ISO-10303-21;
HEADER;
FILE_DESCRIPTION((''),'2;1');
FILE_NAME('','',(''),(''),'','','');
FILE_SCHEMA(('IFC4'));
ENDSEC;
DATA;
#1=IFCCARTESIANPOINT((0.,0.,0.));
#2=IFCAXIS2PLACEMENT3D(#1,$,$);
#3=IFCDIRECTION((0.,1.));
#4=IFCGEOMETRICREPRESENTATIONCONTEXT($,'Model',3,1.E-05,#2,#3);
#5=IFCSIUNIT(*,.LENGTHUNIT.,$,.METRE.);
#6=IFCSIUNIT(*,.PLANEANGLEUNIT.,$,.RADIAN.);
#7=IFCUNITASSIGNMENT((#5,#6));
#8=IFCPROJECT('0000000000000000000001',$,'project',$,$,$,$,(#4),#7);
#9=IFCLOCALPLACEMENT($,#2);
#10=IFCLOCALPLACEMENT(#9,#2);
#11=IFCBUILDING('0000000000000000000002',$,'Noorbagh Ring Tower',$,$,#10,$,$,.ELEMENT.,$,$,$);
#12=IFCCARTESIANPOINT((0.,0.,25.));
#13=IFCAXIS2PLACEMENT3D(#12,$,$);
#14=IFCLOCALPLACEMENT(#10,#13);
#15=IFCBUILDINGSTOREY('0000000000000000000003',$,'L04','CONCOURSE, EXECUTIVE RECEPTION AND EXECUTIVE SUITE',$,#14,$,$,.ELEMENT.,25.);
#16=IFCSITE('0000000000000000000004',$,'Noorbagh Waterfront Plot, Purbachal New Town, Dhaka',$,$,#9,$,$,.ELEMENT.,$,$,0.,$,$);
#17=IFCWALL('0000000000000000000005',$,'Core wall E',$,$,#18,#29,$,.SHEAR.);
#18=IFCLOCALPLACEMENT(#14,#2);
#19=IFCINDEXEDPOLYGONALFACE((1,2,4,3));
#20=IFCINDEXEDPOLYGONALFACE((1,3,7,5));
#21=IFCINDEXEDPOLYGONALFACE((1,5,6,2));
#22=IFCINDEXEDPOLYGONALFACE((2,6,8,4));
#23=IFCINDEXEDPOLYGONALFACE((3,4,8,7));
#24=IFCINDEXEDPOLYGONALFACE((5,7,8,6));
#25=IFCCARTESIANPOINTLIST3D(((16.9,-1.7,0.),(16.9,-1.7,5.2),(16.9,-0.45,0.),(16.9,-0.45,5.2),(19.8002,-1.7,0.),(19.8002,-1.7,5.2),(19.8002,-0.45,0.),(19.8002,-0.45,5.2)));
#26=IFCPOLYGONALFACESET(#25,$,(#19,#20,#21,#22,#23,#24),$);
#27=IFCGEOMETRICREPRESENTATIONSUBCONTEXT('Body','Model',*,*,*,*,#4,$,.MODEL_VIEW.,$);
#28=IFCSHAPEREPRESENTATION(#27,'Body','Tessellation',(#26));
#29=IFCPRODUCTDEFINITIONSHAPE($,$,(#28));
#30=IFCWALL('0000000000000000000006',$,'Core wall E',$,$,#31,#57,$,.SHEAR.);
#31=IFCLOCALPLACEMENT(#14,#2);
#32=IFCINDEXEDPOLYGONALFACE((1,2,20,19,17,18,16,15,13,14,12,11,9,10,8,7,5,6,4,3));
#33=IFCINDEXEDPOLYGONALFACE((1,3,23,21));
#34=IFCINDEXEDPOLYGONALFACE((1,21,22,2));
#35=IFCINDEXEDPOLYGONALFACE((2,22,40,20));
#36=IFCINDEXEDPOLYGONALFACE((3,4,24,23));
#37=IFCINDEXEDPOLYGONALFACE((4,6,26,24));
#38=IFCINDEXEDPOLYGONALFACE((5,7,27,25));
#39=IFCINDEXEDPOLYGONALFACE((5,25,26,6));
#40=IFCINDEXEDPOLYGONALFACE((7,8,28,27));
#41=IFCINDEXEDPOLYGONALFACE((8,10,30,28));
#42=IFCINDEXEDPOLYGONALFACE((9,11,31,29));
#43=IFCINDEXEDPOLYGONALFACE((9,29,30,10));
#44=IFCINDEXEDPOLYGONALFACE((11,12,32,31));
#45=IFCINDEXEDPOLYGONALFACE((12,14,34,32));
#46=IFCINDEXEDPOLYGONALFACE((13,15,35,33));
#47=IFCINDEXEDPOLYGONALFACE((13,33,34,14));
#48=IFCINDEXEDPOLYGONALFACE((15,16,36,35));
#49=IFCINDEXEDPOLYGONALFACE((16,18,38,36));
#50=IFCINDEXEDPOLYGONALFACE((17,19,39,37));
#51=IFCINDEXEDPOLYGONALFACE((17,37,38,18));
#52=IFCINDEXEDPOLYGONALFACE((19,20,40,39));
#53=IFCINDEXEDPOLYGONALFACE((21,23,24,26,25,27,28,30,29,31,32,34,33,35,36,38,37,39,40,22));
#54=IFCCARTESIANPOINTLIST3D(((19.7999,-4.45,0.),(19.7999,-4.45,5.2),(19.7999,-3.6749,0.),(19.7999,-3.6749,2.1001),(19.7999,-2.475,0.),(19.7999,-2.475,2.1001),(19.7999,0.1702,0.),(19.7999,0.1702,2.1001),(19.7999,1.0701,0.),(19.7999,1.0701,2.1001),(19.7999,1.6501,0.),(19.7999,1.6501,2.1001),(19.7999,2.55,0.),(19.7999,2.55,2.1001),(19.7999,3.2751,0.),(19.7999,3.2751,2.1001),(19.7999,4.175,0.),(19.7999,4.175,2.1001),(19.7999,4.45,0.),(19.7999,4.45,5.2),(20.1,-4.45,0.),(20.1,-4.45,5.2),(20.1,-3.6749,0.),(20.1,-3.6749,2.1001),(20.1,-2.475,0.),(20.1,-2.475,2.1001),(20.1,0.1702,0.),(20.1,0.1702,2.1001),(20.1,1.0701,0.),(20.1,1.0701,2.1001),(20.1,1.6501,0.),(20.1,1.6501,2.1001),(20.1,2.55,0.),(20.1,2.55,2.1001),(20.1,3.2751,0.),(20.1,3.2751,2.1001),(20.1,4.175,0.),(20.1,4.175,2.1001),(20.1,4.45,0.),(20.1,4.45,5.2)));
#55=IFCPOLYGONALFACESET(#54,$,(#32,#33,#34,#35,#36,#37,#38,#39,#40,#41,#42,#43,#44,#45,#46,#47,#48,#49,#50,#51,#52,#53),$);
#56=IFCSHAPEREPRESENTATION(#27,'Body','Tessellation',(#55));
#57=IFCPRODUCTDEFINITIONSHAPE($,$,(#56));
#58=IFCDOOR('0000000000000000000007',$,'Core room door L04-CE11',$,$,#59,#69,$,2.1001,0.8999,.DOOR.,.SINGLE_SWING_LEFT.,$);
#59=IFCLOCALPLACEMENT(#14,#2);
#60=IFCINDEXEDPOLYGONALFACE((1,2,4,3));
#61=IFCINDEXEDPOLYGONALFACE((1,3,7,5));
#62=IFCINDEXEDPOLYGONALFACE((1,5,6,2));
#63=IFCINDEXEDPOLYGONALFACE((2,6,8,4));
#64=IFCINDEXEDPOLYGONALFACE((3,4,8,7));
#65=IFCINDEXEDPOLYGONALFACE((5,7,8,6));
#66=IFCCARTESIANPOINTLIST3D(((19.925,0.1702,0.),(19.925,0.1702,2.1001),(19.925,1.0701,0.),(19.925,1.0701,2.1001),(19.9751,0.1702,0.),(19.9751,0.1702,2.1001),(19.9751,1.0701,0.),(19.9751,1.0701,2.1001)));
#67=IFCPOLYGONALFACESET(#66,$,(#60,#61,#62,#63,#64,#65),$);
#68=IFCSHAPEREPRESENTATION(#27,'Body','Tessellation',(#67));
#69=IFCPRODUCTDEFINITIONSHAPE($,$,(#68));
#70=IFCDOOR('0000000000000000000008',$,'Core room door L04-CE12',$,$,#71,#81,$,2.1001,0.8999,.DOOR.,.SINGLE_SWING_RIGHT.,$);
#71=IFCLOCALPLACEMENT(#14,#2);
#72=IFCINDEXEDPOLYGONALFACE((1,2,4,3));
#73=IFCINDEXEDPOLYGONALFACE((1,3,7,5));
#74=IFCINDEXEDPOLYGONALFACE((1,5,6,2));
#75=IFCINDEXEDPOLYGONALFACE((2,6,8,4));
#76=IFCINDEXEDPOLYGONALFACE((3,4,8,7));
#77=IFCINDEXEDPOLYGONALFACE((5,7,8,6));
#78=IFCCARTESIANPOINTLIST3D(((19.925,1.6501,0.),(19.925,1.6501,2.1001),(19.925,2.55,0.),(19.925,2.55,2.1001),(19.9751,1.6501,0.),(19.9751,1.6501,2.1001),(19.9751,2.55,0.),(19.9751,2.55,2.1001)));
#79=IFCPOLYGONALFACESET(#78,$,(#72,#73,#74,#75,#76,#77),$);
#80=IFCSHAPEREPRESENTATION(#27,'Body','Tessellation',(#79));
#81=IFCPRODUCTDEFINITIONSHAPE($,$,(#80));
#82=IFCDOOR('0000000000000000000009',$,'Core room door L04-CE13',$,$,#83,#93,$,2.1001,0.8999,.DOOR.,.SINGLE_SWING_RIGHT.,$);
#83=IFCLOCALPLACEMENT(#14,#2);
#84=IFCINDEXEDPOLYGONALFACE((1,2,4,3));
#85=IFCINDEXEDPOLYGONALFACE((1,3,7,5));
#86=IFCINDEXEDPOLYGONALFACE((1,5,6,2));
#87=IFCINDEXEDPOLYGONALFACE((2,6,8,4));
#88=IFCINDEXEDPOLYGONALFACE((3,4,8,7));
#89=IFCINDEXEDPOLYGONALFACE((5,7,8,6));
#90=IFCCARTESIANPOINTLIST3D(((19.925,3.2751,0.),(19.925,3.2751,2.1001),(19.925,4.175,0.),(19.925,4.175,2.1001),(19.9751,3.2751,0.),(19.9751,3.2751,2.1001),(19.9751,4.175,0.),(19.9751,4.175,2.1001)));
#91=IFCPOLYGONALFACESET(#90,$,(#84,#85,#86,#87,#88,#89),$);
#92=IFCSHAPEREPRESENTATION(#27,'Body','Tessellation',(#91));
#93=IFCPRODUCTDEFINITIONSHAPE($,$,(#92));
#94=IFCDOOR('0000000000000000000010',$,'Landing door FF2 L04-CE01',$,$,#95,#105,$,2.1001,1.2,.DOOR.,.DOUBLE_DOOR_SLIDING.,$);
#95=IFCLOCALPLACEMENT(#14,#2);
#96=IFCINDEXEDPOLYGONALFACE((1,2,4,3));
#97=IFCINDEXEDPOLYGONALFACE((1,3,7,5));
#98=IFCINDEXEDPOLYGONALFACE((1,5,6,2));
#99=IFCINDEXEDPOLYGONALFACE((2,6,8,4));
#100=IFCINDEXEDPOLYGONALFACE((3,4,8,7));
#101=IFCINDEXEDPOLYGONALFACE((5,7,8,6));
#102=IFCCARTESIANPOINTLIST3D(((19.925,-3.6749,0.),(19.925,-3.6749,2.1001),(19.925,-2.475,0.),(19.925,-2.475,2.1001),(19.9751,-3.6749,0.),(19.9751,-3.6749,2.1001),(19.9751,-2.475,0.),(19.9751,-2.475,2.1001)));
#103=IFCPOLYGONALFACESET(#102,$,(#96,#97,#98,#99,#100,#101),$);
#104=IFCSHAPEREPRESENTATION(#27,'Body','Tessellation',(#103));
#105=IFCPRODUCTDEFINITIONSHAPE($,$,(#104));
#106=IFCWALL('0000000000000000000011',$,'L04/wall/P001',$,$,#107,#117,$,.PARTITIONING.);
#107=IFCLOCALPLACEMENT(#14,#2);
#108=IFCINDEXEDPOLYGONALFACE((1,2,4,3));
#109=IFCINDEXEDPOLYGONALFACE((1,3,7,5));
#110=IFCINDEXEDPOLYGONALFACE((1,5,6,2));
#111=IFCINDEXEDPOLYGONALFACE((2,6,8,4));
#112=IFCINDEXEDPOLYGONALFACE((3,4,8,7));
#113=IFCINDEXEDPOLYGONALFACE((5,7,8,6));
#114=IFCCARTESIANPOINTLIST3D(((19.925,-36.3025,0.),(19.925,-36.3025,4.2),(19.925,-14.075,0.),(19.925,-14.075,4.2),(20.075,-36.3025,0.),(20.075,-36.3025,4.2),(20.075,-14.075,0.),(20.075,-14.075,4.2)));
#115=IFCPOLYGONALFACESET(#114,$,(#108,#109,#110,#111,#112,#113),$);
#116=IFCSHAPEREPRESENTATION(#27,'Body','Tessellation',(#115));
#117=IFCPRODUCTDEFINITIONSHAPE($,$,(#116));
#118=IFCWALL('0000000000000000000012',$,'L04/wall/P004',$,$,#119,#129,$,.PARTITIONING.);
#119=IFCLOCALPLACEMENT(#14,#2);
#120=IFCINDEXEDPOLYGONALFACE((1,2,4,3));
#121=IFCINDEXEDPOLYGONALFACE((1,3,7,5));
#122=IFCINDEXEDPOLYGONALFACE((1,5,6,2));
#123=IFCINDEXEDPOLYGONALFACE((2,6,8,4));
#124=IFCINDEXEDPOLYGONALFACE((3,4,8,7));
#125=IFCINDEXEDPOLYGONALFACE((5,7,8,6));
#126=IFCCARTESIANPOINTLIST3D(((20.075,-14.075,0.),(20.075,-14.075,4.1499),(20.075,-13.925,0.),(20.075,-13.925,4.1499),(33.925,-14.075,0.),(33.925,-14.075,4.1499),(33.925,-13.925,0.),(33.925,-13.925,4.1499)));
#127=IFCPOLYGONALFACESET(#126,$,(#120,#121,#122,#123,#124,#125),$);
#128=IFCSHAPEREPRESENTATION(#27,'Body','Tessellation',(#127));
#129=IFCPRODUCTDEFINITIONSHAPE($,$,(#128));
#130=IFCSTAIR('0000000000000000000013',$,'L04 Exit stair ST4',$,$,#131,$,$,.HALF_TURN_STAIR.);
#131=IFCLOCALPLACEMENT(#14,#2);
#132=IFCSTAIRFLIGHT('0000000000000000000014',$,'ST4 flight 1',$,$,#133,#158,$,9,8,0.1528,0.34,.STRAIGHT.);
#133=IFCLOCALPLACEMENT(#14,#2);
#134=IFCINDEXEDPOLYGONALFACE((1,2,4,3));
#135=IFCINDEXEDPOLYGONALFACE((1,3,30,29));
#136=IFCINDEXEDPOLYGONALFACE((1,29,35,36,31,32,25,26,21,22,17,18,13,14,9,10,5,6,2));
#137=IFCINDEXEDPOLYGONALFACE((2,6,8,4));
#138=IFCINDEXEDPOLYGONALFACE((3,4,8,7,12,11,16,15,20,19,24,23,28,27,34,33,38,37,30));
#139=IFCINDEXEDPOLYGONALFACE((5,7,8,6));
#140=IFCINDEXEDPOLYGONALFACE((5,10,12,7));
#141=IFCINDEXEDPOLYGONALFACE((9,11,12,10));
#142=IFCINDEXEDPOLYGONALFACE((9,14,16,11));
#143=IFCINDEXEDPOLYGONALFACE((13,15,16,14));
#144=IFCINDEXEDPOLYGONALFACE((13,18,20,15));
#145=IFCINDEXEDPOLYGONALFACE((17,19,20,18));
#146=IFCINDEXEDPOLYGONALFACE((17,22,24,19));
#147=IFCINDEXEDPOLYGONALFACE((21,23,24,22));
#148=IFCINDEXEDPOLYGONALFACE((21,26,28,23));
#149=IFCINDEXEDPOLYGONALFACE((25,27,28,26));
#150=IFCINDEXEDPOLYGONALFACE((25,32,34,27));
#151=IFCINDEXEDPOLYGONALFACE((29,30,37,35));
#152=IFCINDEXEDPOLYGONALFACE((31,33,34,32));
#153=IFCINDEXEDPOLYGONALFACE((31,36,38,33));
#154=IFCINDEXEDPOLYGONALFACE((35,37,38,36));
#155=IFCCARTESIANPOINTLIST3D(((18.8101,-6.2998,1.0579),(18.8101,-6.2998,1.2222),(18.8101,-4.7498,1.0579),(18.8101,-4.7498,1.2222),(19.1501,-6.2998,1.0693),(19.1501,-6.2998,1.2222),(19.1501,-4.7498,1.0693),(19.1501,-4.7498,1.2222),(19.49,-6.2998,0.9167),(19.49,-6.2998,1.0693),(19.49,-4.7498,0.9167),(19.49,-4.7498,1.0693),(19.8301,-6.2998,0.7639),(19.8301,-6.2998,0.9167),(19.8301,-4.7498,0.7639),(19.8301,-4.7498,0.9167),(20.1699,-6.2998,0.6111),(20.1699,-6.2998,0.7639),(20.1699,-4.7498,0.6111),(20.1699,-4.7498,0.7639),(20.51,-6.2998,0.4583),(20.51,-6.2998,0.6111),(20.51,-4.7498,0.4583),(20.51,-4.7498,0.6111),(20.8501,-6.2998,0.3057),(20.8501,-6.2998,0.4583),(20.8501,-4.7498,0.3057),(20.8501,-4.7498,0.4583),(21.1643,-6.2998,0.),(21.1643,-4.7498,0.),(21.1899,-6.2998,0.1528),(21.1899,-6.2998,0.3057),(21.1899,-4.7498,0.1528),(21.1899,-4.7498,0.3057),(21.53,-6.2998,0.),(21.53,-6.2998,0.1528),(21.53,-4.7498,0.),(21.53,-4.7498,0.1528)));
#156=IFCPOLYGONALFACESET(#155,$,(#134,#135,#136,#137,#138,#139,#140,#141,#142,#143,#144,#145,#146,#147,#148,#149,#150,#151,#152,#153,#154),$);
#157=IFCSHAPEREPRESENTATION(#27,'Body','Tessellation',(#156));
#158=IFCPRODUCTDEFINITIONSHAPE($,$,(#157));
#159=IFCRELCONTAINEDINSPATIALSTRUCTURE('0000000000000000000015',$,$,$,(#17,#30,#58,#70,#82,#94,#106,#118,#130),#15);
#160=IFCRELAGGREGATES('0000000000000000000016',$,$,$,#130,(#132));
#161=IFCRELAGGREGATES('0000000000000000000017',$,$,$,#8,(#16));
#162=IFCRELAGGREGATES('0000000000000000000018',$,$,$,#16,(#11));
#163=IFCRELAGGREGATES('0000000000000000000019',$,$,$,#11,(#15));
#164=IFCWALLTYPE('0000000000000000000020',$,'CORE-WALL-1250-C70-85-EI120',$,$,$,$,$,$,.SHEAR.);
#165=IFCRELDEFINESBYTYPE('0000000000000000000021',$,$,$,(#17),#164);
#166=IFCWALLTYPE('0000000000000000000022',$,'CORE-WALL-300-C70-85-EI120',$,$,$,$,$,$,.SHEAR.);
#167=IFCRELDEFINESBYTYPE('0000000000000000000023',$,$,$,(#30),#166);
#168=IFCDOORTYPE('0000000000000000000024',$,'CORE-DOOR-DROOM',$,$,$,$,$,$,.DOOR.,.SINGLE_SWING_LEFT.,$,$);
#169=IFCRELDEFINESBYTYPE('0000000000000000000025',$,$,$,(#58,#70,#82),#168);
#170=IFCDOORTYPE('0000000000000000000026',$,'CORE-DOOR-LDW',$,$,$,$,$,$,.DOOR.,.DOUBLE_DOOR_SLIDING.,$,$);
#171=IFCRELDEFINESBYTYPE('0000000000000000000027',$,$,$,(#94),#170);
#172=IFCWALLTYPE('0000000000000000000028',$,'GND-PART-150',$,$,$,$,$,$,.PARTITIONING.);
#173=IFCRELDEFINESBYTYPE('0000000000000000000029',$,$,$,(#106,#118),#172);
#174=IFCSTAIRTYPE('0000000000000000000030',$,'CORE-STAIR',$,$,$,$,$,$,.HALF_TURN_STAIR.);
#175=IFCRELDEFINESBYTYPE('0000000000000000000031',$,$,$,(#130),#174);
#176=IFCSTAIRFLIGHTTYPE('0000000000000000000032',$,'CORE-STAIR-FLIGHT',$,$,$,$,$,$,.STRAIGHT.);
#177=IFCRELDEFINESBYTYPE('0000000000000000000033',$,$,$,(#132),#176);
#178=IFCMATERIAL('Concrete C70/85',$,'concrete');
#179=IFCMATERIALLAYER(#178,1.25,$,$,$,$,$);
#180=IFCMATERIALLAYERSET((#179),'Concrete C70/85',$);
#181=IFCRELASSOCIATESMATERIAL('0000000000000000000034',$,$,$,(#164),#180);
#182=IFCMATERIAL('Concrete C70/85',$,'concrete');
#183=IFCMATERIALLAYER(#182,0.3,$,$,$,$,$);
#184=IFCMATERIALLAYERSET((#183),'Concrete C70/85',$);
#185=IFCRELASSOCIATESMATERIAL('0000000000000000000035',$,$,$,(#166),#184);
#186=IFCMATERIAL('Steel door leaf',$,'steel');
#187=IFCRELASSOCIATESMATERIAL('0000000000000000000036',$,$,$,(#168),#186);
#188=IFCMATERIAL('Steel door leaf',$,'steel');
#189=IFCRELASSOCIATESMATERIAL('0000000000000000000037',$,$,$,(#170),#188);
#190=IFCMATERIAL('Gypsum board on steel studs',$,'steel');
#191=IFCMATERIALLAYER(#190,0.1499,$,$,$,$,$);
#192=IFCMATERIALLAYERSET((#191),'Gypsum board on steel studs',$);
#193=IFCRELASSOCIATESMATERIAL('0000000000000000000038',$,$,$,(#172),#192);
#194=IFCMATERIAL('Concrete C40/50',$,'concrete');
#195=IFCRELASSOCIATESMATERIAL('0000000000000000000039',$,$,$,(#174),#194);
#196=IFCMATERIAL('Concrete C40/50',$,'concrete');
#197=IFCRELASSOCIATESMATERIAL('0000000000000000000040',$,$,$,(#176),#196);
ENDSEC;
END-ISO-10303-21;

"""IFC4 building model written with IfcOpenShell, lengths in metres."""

from ifc_helpers import new_model, si_unit, direction, frame, frame_2d, origin, place, context, subcontext, project, spatial, polyline, rectangle, outline, extrude, material, layer, layer_set, type_object, element, fill, aggregate, save


model = new_model("IFC4")

# Units and contexts
model_context = context("Model", 3, precision=1e-05, world=origin(), true_north=direction((0.0, 1.0)))
body_context = subcontext(model_context, "Body", "Model", "MODEL_VIEW")
ifc_project = project(units=[si_unit("LENGTHUNIT", "METRE"), si_unit("PLANEANGLEUNIT", "RADIAN")], contexts=[model_context])

# Site, building, storey
site_placement = place(None, origin())
site = spatial("IfcSite", under=ifc_project, at=site_placement, Name="Noorbagh Waterfront Plot, Purbachal New Town, Dhaka", CompositionType="ELEMENT", RefElevation=0.0)
building_placement = place(site_placement, origin())
building = spatial("IfcBuilding", under=site, at=building_placement, Name="Noorbagh Ring Tower", CompositionType="ELEMENT")
storey_placement = place(building_placement, frame((0.0, 0.0, 25.0)))
storey = spatial("IfcBuildingStorey", under=building, at=storey_placement, Name="L04", Description="CONCOURSE, EXECUTIVE RECEPTION AND EXECUTIVE SUITE", CompositionType="ELEMENT", Elevation=25.0)

# Wall
ifc_material_1 = material(Name="Concrete C70/85", Category="concrete")
ifc_layer_1 = layer(ifc_material_1, 1.25)
ifc_layer_set_1 = layer_set([ifc_layer_1], Name="Concrete C70/85")
wall_type_1 = type_object("IfcWallType", Name="CORE-WALL-1250-C70-85-EI120", PredefinedType="SHEAR", material=ifc_layer_set_1)
wall_1_placement = place(storey_placement, frame((16.8999, -1.075, 0.0), z_axis=(0.0, 0.0, 1.0), x_axis=(1.0, 0.0, 0.0)))
element("IfcWall", 1, at=wall_1_placement, inside=storey, type_object=wall_type_1, Name="Core wall E", PredefinedType="SHEAR", context=body_context, shape_type="SweptSolid", body=[
    extrude(rectangle(XDim=2.9001, YDim=1.25, at=frame_2d((1.4502, 0.0))), origin(), (0.0, 0.0, 1.0), 5.2),
])

# Wall, openings, doors
ifc_material_2 = material(Name="Concrete C70/85", Category="concrete")
ifc_layer_2 = layer(ifc_material_2, 0.3)
ifc_layer_set_2 = layer_set([ifc_layer_2], Name="Concrete C70/85")
wall_type_2 = type_object("IfcWallType", Name="CORE-WALL-300-C70-85-EI120", PredefinedType="SHEAR", material=ifc_layer_set_2)
wall_2_placement = place(storey_placement, frame((19.95, -4.45, 0.0), z_axis=(0.0, 0.0, 1.0), x_axis=(0.0, 1.0, 0.0)))
wall_2 = element("IfcWall", 2, at=wall_2_placement, inside=storey, type_object=wall_type_2, Name="Core wall E", PredefinedType="SHEAR", context=body_context, shape_type="SweptSolid", body=[
    extrude(rectangle(XDim=8.8999, YDim=0.3, at=frame_2d((4.45, 0.0))), origin(), (0.0, 0.0, 1.0), 5.2),
])
opening_1_placement = place(wall_2_placement, frame((0.7749, 0.0, 0.0)))
opening_1 = element("IfcOpeningElement", 3, at=opening_1_placement, cuts=wall_2, PredefinedType="OPENING", context=body_context, shape_type="SweptSolid", body=[
    extrude(rectangle(XDim=1.2, YDim=2.1001, at=frame_2d((0.6001, 1.05))), frame((0.0, 0.1602, 0.0), z_axis=(0.0, -1.0, 0.0), x_axis=(1.0, 0.0, 0.0)), (0.0, 0.0, 1.0), 0.3201),
])
opening_2_placement = place(wall_2_placement, frame((4.6201, 0.0, 0.0)))
opening_2 = element("IfcOpeningElement", 4, at=opening_2_placement, cuts=wall_2, PredefinedType="OPENING", context=body_context, shape_type="SweptSolid", body=[
    extrude(rectangle(XDim=0.8999, YDim=2.1001, at=frame_2d((0.45, 1.05))), frame((0.0, 0.1602, 0.0), z_axis=(0.0, -1.0, 0.0), x_axis=(1.0, 0.0, 0.0)), (0.0, 0.0, 1.0), 0.3201),
])
opening_3_placement = place(wall_2_placement, frame((6.1001, 0.0, 0.0)))
opening_3 = element("IfcOpeningElement", 5, at=opening_3_placement, cuts=wall_2, PredefinedType="OPENING", context=body_context, shape_type="SweptSolid", body=[
    extrude(rectangle(XDim=0.8999, YDim=2.1001, at=frame_2d((0.45, 1.05))), frame((0.0, 0.1602, 0.0), z_axis=(0.0, -1.0, 0.0), x_axis=(1.0, 0.0, 0.0)), (0.0, 0.0, 1.0), 0.3201),
])
opening_4_placement = place(wall_2_placement, frame((7.7251, 0.0, 0.0)))
opening_4 = element("IfcOpeningElement", 6, at=opening_4_placement, cuts=wall_2, PredefinedType="OPENING", context=body_context, shape_type="SweptSolid", body=[
    extrude(rectangle(XDim=0.8999, YDim=2.1001, at=frame_2d((0.45, 1.05))), frame((0.0, 0.1602, 0.0), z_axis=(0.0, -1.0, 0.0), x_axis=(1.0, 0.0, 0.0)), (0.0, 0.0, 1.0), 0.3201),
])
ifc_material_3 = material(Name="Steel door leaf", Category="steel")
door_type_1 = type_object("IfcDoorType", Name="CORE-DOOR-DROOM", OperationType="SINGLE_SWING_LEFT", PredefinedType="DOOR", material=ifc_material_3)
door_1_placement = place(opening_2_placement, origin())
door_1 = element("IfcDoor", 7, at=door_1_placement, inside=storey, type_object=door_type_1, Name="Core room door L04-CE11", OperationType="SINGLE_SWING_LEFT", OverallHeight=2.1001, OverallWidth=0.8999, PredefinedType="DOOR", context=body_context, shape_type="SweptSolid", body=[
    extrude(rectangle(XDim=0.8999, YDim=2.1001, at=frame_2d((0.45, 1.05))), frame((0.0, 0.0249, 0.0), z_axis=(0.0, -1.0, 0.0), x_axis=(1.0, 0.0, 0.0)), (0.0, 0.0, 1.0), 0.05),
])
fill(opening_2, door_1)
door_2_placement = place(opening_3_placement, origin())
door_2 = element("IfcDoor", 8, at=door_2_placement, inside=storey, type_object=door_type_1, Name="Core room door L04-CE12", OperationType="SINGLE_SWING_RIGHT", OverallHeight=2.1001, OverallWidth=0.8999, PredefinedType="DOOR", context=body_context, shape_type="SweptSolid", body=[
    extrude(rectangle(XDim=0.8999, YDim=2.1001, at=frame_2d((0.45, 1.05))), frame((0.0, 0.0249, 0.0), z_axis=(0.0, -1.0, 0.0), x_axis=(1.0, 0.0, 0.0)), (0.0, 0.0, 1.0), 0.05),
])
fill(opening_3, door_2)
door_3_placement = place(opening_4_placement, origin())
door_3 = element("IfcDoor", 9, at=door_3_placement, inside=storey, type_object=door_type_1, Name="Core room door L04-CE13", OperationType="SINGLE_SWING_RIGHT", OverallHeight=2.1001, OverallWidth=0.8999, PredefinedType="DOOR", context=body_context, shape_type="SweptSolid", body=[
    extrude(rectangle(XDim=0.8999, YDim=2.1001, at=frame_2d((0.45, 1.05))), frame((0.0, 0.0249, 0.0), z_axis=(0.0, -1.0, 0.0), x_axis=(1.0, 0.0, 0.0)), (0.0, 0.0, 1.0), 0.05),
])
fill(opening_4, door_3)
ifc_material_4 = material(Name="Steel door leaf", Category="steel")
door_type_2 = type_object("IfcDoorType", Name="CORE-DOOR-LDW", OperationType="DOUBLE_DOOR_SLIDING", PredefinedType="DOOR", material=ifc_material_4)
door_4_placement = place(opening_1_placement, origin())
door_4 = element("IfcDoor", 10, at=door_4_placement, inside=storey, type_object=door_type_2, Name="Landing door FF2 L04-CE01", OperationType="DOUBLE_DOOR_SLIDING", OverallHeight=2.1001, OverallWidth=1.2, PredefinedType="DOOR", context=body_context, shape_type="SweptSolid", body=[
    extrude(rectangle(XDim=1.2, YDim=2.1001, at=frame_2d((0.6001, 1.05))), frame((0.0, 0.0249, 0.0), z_axis=(0.0, -1.0, 0.0), x_axis=(1.0, 0.0, 0.0)), (0.0, 0.0, 1.0), 0.05),
])
fill(opening_1, door_4)

# Walls
ifc_material_5 = material(Name="Gypsum board on steel studs", Category="steel")
ifc_layer_3 = layer(ifc_material_5, 0.1499)
ifc_layer_set_3 = layer_set([ifc_layer_3], Name="Gypsum board on steel studs")
wall_type_3 = type_object("IfcWallType", Name="GND-PART-150", PredefinedType="PARTITIONING", material=ifc_layer_set_3)
wall_3_placement = place(storey_placement, frame((20.0, -14.075, 0.0), z_axis=(0.0, 0.0, 1.0), x_axis=(0.0, -1.0, 0.0)))
element("IfcWall", 11, at=wall_3_placement, inside=storey, type_object=wall_type_3, Name="L04/wall/P001", PredefinedType="PARTITIONING", context=body_context, shape_type="SweptSolid", body=[
    extrude(rectangle(XDim=22.2275, YDim=0.1499, at=frame_2d((11.1138, 0.0))), origin(), (0.0, 0.0, 1.0), 4.2),
])
wall_4_placement = place(storey_placement, frame((20.075, -14.0, 0.0), z_axis=(0.0, 0.0, 1.0), x_axis=(1.0, 0.0, 0.0)))
element("IfcWall", 12, at=wall_4_placement, inside=storey, type_object=wall_type_3, Name="L04/wall/P004", PredefinedType="PARTITIONING", context=body_context, shape_type="SweptSolid", body=[
    extrude(rectangle(XDim=13.8501, YDim=0.1499, at=frame_2d((6.925, 0.0))), origin(), (0.0, 0.0, 1.0), 4.1499),
])

# Stair, stair flight
ifc_material_6 = material(Name="Concrete C40/50", Category="concrete")
stair_type = type_object("IfcStairType", Name="CORE-STAIR", PredefinedType="HALF_TURN_STAIR", material=ifc_material_6)
stair_placement = place(storey_placement, origin())
stair = element("IfcStair", 13, at=stair_placement, inside=storey, type_object=stair_type, Name="L04 Exit stair ST4", PredefinedType="HALF_TURN_STAIR")
ifc_material_7 = material(Name="Concrete C40/50", Category="concrete")
stair_flight_type = type_object("IfcStairFlightType", Name="CORE-STAIR-FLIGHT", PredefinedType="STRAIGHT", material=ifc_material_7)
stair_flight_1_placement = place(storey_placement, frame((21.53, -5.5249, 0.0), z_axis=(0.0, 0.0, 1.0), x_axis=(-1.0, 0.0, 0.0)))
stair_flight_1 = element("IfcStairFlight", 14, at=stair_flight_1_placement, type_object=stair_flight_type, Name="ST4 flight 1", NumberOfRisers=9, NumberOfTreads=8, PredefinedType="STRAIGHT", RiserHeight=0.1528, TreadLength=0.34, context=body_context, shape_type="SweptSolid", body=[
    extrude(outline(polyline([(0.0, 0.0), (0.0, 0.1528), (0.3401, 0.1528), (0.3401, 0.3057), (0.6799, 0.3057), (0.6799, 0.4583), (1.02, 0.4583), (1.02, 0.6111), (1.3601, 0.6111), (1.3601, 0.7639), (1.7, 0.7639), (1.7, 0.9167), (2.04, 0.9167), (2.04, 1.0693), (2.3799, 1.0693), (2.3799, 1.2222), (2.72, 1.2222), (2.72, 1.375), (2.72, 1.0579), (0.3657, 0.0), (0.0, 0.0)])), frame((0.0, 0.7749, 0.0), z_axis=(0.0, -1.0, 0.0), x_axis=(1.0, 0.0, 0.0)), (0.0, 0.0, 1.0), 1.55),
])
aggregate(stair, [stair_flight_1])

save(model, "model.ifc")
